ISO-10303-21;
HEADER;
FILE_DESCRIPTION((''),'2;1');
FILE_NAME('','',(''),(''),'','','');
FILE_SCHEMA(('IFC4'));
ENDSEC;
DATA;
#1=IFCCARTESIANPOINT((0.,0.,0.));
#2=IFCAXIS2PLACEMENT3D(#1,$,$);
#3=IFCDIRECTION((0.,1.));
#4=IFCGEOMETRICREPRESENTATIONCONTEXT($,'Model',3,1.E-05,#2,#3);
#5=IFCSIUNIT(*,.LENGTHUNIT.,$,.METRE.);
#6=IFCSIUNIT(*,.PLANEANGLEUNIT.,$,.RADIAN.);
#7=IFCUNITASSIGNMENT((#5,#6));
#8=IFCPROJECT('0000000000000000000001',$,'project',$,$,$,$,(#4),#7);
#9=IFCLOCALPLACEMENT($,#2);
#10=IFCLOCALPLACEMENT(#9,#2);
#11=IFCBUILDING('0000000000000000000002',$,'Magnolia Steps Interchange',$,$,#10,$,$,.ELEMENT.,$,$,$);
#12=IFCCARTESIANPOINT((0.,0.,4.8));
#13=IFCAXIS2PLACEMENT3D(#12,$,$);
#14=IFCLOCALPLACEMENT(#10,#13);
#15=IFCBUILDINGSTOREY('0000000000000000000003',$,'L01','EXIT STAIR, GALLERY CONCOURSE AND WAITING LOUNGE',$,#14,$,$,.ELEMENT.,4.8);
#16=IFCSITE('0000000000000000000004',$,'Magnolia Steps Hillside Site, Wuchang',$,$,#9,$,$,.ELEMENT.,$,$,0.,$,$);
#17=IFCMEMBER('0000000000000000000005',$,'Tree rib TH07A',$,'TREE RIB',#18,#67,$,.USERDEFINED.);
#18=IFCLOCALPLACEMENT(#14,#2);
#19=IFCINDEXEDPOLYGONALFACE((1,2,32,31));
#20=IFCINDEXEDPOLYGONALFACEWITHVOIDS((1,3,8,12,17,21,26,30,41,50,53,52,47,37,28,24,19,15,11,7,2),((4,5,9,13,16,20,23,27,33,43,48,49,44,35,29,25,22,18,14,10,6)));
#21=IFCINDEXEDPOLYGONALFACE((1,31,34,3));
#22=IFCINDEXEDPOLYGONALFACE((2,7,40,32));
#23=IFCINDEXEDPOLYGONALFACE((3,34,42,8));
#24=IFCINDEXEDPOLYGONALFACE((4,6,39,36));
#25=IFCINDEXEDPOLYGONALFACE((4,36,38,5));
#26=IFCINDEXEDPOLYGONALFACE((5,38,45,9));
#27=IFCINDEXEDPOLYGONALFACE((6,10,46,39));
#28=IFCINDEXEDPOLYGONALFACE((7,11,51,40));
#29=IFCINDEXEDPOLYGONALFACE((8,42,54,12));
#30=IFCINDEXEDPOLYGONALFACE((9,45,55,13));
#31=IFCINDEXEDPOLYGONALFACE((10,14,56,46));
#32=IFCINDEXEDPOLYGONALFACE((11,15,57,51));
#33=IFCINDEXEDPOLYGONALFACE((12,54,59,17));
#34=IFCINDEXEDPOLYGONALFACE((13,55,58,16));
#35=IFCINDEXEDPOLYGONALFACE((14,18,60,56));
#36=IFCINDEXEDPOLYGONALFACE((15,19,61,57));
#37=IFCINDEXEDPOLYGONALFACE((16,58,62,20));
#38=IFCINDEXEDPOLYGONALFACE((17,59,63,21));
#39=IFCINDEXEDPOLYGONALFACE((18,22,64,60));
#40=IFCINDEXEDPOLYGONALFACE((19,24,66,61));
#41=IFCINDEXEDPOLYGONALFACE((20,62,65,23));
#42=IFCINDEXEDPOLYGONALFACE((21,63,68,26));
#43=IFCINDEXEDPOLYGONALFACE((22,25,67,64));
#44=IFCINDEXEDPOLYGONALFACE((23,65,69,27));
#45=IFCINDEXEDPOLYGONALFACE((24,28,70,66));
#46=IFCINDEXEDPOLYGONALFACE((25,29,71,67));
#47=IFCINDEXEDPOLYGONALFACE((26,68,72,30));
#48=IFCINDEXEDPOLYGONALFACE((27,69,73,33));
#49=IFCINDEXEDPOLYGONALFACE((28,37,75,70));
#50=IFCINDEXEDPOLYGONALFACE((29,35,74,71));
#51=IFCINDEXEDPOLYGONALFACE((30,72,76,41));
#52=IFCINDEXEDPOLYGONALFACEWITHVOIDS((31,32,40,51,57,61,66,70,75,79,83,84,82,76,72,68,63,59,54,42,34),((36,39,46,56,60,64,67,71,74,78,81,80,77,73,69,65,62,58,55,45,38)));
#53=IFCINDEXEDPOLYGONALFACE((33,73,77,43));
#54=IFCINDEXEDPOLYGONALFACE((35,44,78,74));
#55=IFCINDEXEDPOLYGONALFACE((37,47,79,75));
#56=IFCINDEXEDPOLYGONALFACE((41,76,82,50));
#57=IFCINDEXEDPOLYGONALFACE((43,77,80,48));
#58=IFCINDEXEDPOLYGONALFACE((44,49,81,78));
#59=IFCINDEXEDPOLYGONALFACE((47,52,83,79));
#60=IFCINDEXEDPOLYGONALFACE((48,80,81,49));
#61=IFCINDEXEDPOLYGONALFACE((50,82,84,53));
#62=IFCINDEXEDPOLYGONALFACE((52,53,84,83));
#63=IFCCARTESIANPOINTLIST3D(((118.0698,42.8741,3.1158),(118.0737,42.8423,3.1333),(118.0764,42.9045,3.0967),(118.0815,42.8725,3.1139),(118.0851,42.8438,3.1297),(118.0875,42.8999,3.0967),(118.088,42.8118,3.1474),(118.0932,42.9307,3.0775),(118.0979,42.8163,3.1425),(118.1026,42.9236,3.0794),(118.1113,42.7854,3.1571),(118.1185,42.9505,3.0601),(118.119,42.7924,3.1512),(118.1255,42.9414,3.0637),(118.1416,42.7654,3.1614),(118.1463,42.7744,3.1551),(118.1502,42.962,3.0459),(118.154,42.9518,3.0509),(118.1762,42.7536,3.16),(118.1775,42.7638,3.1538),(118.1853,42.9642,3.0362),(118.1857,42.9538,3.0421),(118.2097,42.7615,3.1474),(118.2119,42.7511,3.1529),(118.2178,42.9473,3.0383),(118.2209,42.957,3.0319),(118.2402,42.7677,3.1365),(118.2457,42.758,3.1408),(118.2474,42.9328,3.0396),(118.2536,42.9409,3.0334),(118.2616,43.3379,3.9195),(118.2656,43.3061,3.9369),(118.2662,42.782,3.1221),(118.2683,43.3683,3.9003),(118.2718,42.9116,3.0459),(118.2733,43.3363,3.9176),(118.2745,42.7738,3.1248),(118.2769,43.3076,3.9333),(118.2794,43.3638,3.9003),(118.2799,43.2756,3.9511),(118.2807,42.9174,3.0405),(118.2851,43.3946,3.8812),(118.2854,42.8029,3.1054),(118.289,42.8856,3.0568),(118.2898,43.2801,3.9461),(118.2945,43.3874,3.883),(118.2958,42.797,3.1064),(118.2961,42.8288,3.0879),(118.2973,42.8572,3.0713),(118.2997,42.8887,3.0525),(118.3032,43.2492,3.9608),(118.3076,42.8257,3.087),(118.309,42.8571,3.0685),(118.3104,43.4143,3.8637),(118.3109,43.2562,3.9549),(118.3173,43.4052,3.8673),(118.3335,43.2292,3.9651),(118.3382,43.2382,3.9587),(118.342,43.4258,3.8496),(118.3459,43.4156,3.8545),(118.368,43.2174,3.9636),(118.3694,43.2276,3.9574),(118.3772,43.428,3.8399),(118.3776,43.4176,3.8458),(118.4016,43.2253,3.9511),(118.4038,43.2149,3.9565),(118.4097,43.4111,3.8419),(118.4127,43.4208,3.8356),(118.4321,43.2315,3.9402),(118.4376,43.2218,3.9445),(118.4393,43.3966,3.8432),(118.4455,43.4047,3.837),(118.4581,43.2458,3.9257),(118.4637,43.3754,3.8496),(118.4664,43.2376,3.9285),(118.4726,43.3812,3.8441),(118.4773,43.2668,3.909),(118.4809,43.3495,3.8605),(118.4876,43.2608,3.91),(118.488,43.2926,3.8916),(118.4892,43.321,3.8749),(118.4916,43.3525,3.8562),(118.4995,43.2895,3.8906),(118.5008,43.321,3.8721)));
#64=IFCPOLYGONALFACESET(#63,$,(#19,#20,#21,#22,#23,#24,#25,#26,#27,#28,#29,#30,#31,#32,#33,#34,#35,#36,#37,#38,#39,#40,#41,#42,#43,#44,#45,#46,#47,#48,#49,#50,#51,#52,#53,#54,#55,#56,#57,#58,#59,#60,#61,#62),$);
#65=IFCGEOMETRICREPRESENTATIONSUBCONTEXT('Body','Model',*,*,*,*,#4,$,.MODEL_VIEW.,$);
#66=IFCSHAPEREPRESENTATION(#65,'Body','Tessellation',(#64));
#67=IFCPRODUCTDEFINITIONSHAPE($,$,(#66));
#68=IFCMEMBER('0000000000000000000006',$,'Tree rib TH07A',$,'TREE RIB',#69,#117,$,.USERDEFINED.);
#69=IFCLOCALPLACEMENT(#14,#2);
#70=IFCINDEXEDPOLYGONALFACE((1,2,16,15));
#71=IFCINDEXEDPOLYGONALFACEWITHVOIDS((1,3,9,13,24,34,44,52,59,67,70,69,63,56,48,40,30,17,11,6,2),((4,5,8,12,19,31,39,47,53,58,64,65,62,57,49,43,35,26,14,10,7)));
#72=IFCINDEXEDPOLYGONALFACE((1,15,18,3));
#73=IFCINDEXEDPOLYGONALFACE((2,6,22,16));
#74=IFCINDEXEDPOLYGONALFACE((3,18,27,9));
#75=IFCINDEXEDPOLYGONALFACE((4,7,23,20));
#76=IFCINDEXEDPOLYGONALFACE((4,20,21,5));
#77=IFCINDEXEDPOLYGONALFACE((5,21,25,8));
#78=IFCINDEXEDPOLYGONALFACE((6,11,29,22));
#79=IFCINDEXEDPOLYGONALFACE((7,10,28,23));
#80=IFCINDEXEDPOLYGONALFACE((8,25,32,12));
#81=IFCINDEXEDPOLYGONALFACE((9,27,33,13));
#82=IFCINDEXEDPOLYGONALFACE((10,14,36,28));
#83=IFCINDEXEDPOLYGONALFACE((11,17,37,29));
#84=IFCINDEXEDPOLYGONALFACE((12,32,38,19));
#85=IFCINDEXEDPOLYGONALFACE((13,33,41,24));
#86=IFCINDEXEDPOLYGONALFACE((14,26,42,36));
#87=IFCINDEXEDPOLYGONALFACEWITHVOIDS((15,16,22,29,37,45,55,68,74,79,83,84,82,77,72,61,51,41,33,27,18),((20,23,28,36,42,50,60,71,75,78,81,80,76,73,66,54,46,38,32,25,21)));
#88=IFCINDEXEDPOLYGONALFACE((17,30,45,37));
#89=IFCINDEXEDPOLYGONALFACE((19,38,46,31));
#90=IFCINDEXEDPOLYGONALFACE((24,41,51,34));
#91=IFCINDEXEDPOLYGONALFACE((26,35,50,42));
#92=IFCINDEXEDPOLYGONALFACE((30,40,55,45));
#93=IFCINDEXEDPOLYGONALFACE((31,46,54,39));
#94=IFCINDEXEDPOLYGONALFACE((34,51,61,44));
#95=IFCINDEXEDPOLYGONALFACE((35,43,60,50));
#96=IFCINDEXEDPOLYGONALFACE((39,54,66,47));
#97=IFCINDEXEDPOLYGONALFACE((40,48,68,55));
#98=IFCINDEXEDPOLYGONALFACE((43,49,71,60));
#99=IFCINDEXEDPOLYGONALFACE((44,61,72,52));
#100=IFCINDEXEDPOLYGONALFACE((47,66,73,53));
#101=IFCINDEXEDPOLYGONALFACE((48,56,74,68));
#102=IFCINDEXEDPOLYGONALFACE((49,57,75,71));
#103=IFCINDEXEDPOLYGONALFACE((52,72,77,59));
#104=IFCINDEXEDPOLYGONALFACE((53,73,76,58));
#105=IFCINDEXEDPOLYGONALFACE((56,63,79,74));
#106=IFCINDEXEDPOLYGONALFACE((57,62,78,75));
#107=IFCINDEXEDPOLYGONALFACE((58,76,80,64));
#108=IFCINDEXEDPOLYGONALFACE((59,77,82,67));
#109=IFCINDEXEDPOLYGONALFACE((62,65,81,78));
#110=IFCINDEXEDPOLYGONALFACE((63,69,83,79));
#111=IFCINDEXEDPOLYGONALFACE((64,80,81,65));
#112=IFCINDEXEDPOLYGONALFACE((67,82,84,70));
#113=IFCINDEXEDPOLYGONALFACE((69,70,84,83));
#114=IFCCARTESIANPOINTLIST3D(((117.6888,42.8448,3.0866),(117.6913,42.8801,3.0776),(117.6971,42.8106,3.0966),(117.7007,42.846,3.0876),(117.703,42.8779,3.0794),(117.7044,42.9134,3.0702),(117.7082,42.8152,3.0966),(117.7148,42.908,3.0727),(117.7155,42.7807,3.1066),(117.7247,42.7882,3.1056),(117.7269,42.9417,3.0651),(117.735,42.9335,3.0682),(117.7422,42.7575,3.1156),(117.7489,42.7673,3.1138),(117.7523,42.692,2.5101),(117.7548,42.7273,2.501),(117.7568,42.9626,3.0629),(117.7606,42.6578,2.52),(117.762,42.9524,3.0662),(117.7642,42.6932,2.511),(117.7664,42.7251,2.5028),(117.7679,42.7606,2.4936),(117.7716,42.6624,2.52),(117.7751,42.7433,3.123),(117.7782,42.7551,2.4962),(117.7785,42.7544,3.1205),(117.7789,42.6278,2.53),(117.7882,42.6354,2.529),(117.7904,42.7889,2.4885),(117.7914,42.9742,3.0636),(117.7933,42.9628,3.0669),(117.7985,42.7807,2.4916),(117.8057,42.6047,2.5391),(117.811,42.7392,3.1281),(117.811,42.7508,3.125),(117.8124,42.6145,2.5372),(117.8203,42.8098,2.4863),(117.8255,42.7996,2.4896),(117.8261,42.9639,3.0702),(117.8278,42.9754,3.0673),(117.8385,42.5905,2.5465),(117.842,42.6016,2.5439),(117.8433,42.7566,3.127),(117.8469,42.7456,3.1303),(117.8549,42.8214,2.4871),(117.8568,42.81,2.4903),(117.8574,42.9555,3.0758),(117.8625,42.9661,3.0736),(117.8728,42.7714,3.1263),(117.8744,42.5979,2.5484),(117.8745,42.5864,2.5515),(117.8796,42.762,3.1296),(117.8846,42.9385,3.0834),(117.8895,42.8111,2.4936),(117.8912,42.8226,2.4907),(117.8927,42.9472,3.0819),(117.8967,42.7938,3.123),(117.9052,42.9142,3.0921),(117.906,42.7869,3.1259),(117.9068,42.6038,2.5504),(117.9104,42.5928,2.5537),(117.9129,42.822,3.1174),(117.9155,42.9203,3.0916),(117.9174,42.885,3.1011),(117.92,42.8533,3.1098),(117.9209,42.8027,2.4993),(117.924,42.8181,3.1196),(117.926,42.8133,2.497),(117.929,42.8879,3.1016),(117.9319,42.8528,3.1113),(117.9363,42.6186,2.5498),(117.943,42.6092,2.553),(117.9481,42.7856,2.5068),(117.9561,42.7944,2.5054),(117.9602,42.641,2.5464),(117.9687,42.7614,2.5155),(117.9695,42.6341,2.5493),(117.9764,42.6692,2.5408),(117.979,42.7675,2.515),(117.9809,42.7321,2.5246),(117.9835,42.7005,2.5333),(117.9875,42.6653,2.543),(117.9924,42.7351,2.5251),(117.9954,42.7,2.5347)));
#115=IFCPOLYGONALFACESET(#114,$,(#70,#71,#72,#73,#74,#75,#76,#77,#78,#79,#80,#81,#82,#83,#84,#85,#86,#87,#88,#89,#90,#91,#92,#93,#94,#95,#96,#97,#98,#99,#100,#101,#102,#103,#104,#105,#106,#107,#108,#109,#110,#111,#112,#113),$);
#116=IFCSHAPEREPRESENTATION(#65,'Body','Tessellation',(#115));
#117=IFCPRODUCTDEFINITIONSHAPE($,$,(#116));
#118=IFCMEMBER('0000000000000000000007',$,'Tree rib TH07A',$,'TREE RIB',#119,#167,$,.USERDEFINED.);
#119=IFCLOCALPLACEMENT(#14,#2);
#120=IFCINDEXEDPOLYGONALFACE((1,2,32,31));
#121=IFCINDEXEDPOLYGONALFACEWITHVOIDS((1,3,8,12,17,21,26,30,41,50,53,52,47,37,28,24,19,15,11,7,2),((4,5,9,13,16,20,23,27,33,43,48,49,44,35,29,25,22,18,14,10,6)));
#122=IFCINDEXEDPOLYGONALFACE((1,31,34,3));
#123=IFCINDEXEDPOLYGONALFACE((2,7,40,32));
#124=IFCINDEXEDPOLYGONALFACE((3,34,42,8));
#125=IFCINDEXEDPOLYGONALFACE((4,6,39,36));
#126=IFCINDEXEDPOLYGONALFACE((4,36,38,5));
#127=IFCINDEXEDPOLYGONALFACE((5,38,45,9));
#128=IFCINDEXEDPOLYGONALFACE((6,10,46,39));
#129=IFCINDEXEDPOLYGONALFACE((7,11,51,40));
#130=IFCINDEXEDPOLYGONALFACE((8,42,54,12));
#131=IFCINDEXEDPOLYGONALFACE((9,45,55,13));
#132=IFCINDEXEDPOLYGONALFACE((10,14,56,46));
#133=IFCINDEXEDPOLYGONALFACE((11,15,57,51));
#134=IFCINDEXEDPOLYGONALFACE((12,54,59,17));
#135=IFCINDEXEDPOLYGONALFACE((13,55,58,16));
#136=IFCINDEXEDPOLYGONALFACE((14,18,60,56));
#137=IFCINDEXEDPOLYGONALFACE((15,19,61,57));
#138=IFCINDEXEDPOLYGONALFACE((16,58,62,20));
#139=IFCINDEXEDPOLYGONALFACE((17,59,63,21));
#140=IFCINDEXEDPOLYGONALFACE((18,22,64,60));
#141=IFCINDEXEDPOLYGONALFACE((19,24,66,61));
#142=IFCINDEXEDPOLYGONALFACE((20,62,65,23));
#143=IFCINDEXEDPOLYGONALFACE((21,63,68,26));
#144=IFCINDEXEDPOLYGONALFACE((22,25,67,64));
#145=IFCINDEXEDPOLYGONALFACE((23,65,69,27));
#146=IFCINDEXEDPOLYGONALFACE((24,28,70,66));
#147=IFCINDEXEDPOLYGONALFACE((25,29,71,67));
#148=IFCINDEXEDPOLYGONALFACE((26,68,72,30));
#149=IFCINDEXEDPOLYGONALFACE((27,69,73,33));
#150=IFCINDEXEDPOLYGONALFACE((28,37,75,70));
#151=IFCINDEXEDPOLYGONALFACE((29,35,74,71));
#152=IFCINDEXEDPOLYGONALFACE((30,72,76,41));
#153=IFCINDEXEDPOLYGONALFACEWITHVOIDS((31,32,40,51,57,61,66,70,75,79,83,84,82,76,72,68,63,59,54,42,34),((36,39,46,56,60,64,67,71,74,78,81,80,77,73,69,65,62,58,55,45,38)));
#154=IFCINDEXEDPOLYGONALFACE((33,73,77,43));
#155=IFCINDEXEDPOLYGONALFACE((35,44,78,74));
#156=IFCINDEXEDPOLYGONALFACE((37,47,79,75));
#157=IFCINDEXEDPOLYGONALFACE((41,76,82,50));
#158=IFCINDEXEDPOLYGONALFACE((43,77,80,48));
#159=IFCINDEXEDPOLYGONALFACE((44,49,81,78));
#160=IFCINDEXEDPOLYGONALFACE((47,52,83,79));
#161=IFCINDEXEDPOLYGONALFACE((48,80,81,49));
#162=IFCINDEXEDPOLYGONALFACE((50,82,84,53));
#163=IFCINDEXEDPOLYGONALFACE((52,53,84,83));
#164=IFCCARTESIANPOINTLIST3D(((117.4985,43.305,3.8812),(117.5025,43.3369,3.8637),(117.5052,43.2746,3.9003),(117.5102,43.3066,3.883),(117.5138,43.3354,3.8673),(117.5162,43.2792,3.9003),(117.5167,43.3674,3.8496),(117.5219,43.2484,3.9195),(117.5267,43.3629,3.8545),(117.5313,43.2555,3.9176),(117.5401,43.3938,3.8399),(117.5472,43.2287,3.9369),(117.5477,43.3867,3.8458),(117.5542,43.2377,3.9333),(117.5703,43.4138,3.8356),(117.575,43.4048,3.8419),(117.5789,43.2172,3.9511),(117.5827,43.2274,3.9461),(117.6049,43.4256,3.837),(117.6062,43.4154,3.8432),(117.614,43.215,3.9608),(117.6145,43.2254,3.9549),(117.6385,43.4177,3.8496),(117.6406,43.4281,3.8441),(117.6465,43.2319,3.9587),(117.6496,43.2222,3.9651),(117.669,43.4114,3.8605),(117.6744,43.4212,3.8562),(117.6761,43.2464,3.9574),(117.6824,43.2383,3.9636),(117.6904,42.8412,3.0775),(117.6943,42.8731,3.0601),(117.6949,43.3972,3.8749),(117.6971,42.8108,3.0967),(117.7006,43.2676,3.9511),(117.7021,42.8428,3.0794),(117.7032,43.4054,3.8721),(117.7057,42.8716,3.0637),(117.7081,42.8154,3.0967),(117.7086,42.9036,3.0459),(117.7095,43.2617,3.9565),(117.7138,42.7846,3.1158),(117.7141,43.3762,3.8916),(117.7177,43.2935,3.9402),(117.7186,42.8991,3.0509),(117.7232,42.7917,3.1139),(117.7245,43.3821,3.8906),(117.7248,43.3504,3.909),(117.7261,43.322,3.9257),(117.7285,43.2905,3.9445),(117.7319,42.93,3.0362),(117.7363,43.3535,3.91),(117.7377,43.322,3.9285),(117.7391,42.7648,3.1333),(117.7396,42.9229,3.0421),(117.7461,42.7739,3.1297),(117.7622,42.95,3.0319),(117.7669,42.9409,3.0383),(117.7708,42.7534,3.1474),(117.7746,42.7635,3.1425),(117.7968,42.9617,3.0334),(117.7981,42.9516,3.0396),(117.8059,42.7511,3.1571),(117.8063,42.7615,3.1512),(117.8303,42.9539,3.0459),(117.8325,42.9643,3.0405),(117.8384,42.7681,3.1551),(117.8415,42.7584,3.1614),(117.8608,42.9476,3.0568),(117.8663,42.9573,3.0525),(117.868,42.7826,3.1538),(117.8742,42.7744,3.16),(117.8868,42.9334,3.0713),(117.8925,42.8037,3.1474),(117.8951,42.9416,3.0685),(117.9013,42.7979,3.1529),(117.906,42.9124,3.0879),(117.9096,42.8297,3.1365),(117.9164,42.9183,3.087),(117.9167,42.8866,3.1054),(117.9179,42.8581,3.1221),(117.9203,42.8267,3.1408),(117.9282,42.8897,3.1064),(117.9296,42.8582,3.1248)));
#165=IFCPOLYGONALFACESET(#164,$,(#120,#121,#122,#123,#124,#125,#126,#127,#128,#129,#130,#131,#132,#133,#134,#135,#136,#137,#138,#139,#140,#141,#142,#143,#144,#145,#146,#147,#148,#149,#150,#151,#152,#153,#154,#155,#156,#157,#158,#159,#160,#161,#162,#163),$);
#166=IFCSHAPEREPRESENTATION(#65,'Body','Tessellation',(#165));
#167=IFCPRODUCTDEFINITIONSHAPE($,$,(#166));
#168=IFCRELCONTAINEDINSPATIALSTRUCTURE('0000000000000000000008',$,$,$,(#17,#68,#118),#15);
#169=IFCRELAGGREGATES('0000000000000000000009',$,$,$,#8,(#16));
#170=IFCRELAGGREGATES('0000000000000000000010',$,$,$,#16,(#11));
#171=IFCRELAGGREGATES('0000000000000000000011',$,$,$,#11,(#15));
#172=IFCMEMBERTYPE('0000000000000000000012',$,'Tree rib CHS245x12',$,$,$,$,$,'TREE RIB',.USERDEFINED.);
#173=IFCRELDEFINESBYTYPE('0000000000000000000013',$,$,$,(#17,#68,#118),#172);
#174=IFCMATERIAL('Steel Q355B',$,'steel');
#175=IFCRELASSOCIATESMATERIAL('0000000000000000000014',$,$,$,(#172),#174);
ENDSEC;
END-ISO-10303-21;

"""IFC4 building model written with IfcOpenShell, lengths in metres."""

from ifc_helpers import new_model, si_unit, direction, frame, origin, origin_2d, place, context, subcontext, project, spatial, hollow_circle, extrude, material, material_profile, profile_set, type_object, element, save


model = new_model("IFC4")

# Units and contexts
model_context = context("Model", 3, precision=1e-05, world=origin(), true_north=direction((0.0, 1.0)))
body_context = subcontext(model_context, "Body", "Model", "MODEL_VIEW")
ifc_project = project(units=[si_unit("LENGTHUNIT", "METRE"), si_unit("PLANEANGLEUNIT", "RADIAN")], contexts=[model_context])

# Site, building, storey
site_placement = place(None, origin())
site = spatial("IfcSite", under=ifc_project, at=site_placement, Name="Magnolia Steps Hillside Site, Wuchang", CompositionType="ELEMENT", RefElevation=0.0)
building_placement = place(site_placement, origin())
building = spatial("IfcBuilding", under=site, at=building_placement, Name="Magnolia Steps Interchange", CompositionType="ELEMENT")
storey_placement = place(building_placement, frame((0.0, 0.0, 4.8)))
storey = spatial("IfcBuildingStorey", under=building, at=storey_placement, Name="L01", Description="EXIT STAIR, GALLERY CONCOURSE AND WAITING LOUNGE", CompositionType="ELEMENT", Elevation=4.8)

# Members
ifc_material_1 = material(Name="Steel Q355B", Category="steel")
ifc_material_profile_1 = material_profile(ifc_material_1, hollow_circle(Radius=0.1226, WallThickness=0.012, at=origin_2d()), Name="CHS245x12")
ifc_profile_set_1 = profile_set([ifc_material_profile_1], Name="Steel Q355B")
member_type = type_object("IfcMemberType", Name="Tree rib CHS245x12", ElementType="TREE RIB", PredefinedType="USERDEFINED", material=ifc_profile_set_1)
member_1_placement = place(storey_placement, frame((118.1897, 42.8577, 3.0967), z_axis=(0.202506, 0.489517, 0.848153), x_axis=(-0.924052, 0.382266, 0.0)))
element("IfcMember", 1, at=member_1_placement, inside=storey, type_object=member_type, Name="Tree rib TH07A", ObjectType="TREE RIB", PredefinedType="USERDEFINED", context=body_context, shape_type="SweptSolid", body=[
    extrude(hollow_circle(Radius=0.1226, WallThickness=0.012, at=origin_2d()), origin(), (0.0, 0.0, 1.0), 0.9475),
])
member_2_placement = place(storey_placement, frame((117.8738, 42.7048, 2.52), z_axis=(-0.105805, 0.254747, 0.961202), x_axis=(-0.923513, -0.383568, 0.0)))
element("IfcMember", 2, at=member_2_placement, inside=storey, type_object=member_type, Name="Tree rib TH07A", ObjectType="TREE RIB", PredefinedType="USERDEFINED", context=body_context, shape_type="SweptSolid", body=[
    extrude(hollow_circle(Radius=0.1226, WallThickness=0.012, at=origin_2d()), origin(), (0.0, 0.0, 1.0), 0.5999),
])
member_3_placement = place(storey_placement, frame((117.8103, 42.8577, 3.0967), z_axis=(-0.202506, 0.489517, 0.848153), x_axis=(-0.924052, -0.382266, 0.0)))
element("IfcMember", 3, at=member_3_placement, inside=storey, type_object=member_type, Name="Tree rib TH07A", ObjectType="TREE RIB", PredefinedType="USERDEFINED", context=body_context, shape_type="SweptSolid", body=[
    extrude(hollow_circle(Radius=0.1226, WallThickness=0.012, at=origin_2d()), origin(), (0.0, 0.0, 1.0), 0.9475),
])

save(model, "model.ifc")
